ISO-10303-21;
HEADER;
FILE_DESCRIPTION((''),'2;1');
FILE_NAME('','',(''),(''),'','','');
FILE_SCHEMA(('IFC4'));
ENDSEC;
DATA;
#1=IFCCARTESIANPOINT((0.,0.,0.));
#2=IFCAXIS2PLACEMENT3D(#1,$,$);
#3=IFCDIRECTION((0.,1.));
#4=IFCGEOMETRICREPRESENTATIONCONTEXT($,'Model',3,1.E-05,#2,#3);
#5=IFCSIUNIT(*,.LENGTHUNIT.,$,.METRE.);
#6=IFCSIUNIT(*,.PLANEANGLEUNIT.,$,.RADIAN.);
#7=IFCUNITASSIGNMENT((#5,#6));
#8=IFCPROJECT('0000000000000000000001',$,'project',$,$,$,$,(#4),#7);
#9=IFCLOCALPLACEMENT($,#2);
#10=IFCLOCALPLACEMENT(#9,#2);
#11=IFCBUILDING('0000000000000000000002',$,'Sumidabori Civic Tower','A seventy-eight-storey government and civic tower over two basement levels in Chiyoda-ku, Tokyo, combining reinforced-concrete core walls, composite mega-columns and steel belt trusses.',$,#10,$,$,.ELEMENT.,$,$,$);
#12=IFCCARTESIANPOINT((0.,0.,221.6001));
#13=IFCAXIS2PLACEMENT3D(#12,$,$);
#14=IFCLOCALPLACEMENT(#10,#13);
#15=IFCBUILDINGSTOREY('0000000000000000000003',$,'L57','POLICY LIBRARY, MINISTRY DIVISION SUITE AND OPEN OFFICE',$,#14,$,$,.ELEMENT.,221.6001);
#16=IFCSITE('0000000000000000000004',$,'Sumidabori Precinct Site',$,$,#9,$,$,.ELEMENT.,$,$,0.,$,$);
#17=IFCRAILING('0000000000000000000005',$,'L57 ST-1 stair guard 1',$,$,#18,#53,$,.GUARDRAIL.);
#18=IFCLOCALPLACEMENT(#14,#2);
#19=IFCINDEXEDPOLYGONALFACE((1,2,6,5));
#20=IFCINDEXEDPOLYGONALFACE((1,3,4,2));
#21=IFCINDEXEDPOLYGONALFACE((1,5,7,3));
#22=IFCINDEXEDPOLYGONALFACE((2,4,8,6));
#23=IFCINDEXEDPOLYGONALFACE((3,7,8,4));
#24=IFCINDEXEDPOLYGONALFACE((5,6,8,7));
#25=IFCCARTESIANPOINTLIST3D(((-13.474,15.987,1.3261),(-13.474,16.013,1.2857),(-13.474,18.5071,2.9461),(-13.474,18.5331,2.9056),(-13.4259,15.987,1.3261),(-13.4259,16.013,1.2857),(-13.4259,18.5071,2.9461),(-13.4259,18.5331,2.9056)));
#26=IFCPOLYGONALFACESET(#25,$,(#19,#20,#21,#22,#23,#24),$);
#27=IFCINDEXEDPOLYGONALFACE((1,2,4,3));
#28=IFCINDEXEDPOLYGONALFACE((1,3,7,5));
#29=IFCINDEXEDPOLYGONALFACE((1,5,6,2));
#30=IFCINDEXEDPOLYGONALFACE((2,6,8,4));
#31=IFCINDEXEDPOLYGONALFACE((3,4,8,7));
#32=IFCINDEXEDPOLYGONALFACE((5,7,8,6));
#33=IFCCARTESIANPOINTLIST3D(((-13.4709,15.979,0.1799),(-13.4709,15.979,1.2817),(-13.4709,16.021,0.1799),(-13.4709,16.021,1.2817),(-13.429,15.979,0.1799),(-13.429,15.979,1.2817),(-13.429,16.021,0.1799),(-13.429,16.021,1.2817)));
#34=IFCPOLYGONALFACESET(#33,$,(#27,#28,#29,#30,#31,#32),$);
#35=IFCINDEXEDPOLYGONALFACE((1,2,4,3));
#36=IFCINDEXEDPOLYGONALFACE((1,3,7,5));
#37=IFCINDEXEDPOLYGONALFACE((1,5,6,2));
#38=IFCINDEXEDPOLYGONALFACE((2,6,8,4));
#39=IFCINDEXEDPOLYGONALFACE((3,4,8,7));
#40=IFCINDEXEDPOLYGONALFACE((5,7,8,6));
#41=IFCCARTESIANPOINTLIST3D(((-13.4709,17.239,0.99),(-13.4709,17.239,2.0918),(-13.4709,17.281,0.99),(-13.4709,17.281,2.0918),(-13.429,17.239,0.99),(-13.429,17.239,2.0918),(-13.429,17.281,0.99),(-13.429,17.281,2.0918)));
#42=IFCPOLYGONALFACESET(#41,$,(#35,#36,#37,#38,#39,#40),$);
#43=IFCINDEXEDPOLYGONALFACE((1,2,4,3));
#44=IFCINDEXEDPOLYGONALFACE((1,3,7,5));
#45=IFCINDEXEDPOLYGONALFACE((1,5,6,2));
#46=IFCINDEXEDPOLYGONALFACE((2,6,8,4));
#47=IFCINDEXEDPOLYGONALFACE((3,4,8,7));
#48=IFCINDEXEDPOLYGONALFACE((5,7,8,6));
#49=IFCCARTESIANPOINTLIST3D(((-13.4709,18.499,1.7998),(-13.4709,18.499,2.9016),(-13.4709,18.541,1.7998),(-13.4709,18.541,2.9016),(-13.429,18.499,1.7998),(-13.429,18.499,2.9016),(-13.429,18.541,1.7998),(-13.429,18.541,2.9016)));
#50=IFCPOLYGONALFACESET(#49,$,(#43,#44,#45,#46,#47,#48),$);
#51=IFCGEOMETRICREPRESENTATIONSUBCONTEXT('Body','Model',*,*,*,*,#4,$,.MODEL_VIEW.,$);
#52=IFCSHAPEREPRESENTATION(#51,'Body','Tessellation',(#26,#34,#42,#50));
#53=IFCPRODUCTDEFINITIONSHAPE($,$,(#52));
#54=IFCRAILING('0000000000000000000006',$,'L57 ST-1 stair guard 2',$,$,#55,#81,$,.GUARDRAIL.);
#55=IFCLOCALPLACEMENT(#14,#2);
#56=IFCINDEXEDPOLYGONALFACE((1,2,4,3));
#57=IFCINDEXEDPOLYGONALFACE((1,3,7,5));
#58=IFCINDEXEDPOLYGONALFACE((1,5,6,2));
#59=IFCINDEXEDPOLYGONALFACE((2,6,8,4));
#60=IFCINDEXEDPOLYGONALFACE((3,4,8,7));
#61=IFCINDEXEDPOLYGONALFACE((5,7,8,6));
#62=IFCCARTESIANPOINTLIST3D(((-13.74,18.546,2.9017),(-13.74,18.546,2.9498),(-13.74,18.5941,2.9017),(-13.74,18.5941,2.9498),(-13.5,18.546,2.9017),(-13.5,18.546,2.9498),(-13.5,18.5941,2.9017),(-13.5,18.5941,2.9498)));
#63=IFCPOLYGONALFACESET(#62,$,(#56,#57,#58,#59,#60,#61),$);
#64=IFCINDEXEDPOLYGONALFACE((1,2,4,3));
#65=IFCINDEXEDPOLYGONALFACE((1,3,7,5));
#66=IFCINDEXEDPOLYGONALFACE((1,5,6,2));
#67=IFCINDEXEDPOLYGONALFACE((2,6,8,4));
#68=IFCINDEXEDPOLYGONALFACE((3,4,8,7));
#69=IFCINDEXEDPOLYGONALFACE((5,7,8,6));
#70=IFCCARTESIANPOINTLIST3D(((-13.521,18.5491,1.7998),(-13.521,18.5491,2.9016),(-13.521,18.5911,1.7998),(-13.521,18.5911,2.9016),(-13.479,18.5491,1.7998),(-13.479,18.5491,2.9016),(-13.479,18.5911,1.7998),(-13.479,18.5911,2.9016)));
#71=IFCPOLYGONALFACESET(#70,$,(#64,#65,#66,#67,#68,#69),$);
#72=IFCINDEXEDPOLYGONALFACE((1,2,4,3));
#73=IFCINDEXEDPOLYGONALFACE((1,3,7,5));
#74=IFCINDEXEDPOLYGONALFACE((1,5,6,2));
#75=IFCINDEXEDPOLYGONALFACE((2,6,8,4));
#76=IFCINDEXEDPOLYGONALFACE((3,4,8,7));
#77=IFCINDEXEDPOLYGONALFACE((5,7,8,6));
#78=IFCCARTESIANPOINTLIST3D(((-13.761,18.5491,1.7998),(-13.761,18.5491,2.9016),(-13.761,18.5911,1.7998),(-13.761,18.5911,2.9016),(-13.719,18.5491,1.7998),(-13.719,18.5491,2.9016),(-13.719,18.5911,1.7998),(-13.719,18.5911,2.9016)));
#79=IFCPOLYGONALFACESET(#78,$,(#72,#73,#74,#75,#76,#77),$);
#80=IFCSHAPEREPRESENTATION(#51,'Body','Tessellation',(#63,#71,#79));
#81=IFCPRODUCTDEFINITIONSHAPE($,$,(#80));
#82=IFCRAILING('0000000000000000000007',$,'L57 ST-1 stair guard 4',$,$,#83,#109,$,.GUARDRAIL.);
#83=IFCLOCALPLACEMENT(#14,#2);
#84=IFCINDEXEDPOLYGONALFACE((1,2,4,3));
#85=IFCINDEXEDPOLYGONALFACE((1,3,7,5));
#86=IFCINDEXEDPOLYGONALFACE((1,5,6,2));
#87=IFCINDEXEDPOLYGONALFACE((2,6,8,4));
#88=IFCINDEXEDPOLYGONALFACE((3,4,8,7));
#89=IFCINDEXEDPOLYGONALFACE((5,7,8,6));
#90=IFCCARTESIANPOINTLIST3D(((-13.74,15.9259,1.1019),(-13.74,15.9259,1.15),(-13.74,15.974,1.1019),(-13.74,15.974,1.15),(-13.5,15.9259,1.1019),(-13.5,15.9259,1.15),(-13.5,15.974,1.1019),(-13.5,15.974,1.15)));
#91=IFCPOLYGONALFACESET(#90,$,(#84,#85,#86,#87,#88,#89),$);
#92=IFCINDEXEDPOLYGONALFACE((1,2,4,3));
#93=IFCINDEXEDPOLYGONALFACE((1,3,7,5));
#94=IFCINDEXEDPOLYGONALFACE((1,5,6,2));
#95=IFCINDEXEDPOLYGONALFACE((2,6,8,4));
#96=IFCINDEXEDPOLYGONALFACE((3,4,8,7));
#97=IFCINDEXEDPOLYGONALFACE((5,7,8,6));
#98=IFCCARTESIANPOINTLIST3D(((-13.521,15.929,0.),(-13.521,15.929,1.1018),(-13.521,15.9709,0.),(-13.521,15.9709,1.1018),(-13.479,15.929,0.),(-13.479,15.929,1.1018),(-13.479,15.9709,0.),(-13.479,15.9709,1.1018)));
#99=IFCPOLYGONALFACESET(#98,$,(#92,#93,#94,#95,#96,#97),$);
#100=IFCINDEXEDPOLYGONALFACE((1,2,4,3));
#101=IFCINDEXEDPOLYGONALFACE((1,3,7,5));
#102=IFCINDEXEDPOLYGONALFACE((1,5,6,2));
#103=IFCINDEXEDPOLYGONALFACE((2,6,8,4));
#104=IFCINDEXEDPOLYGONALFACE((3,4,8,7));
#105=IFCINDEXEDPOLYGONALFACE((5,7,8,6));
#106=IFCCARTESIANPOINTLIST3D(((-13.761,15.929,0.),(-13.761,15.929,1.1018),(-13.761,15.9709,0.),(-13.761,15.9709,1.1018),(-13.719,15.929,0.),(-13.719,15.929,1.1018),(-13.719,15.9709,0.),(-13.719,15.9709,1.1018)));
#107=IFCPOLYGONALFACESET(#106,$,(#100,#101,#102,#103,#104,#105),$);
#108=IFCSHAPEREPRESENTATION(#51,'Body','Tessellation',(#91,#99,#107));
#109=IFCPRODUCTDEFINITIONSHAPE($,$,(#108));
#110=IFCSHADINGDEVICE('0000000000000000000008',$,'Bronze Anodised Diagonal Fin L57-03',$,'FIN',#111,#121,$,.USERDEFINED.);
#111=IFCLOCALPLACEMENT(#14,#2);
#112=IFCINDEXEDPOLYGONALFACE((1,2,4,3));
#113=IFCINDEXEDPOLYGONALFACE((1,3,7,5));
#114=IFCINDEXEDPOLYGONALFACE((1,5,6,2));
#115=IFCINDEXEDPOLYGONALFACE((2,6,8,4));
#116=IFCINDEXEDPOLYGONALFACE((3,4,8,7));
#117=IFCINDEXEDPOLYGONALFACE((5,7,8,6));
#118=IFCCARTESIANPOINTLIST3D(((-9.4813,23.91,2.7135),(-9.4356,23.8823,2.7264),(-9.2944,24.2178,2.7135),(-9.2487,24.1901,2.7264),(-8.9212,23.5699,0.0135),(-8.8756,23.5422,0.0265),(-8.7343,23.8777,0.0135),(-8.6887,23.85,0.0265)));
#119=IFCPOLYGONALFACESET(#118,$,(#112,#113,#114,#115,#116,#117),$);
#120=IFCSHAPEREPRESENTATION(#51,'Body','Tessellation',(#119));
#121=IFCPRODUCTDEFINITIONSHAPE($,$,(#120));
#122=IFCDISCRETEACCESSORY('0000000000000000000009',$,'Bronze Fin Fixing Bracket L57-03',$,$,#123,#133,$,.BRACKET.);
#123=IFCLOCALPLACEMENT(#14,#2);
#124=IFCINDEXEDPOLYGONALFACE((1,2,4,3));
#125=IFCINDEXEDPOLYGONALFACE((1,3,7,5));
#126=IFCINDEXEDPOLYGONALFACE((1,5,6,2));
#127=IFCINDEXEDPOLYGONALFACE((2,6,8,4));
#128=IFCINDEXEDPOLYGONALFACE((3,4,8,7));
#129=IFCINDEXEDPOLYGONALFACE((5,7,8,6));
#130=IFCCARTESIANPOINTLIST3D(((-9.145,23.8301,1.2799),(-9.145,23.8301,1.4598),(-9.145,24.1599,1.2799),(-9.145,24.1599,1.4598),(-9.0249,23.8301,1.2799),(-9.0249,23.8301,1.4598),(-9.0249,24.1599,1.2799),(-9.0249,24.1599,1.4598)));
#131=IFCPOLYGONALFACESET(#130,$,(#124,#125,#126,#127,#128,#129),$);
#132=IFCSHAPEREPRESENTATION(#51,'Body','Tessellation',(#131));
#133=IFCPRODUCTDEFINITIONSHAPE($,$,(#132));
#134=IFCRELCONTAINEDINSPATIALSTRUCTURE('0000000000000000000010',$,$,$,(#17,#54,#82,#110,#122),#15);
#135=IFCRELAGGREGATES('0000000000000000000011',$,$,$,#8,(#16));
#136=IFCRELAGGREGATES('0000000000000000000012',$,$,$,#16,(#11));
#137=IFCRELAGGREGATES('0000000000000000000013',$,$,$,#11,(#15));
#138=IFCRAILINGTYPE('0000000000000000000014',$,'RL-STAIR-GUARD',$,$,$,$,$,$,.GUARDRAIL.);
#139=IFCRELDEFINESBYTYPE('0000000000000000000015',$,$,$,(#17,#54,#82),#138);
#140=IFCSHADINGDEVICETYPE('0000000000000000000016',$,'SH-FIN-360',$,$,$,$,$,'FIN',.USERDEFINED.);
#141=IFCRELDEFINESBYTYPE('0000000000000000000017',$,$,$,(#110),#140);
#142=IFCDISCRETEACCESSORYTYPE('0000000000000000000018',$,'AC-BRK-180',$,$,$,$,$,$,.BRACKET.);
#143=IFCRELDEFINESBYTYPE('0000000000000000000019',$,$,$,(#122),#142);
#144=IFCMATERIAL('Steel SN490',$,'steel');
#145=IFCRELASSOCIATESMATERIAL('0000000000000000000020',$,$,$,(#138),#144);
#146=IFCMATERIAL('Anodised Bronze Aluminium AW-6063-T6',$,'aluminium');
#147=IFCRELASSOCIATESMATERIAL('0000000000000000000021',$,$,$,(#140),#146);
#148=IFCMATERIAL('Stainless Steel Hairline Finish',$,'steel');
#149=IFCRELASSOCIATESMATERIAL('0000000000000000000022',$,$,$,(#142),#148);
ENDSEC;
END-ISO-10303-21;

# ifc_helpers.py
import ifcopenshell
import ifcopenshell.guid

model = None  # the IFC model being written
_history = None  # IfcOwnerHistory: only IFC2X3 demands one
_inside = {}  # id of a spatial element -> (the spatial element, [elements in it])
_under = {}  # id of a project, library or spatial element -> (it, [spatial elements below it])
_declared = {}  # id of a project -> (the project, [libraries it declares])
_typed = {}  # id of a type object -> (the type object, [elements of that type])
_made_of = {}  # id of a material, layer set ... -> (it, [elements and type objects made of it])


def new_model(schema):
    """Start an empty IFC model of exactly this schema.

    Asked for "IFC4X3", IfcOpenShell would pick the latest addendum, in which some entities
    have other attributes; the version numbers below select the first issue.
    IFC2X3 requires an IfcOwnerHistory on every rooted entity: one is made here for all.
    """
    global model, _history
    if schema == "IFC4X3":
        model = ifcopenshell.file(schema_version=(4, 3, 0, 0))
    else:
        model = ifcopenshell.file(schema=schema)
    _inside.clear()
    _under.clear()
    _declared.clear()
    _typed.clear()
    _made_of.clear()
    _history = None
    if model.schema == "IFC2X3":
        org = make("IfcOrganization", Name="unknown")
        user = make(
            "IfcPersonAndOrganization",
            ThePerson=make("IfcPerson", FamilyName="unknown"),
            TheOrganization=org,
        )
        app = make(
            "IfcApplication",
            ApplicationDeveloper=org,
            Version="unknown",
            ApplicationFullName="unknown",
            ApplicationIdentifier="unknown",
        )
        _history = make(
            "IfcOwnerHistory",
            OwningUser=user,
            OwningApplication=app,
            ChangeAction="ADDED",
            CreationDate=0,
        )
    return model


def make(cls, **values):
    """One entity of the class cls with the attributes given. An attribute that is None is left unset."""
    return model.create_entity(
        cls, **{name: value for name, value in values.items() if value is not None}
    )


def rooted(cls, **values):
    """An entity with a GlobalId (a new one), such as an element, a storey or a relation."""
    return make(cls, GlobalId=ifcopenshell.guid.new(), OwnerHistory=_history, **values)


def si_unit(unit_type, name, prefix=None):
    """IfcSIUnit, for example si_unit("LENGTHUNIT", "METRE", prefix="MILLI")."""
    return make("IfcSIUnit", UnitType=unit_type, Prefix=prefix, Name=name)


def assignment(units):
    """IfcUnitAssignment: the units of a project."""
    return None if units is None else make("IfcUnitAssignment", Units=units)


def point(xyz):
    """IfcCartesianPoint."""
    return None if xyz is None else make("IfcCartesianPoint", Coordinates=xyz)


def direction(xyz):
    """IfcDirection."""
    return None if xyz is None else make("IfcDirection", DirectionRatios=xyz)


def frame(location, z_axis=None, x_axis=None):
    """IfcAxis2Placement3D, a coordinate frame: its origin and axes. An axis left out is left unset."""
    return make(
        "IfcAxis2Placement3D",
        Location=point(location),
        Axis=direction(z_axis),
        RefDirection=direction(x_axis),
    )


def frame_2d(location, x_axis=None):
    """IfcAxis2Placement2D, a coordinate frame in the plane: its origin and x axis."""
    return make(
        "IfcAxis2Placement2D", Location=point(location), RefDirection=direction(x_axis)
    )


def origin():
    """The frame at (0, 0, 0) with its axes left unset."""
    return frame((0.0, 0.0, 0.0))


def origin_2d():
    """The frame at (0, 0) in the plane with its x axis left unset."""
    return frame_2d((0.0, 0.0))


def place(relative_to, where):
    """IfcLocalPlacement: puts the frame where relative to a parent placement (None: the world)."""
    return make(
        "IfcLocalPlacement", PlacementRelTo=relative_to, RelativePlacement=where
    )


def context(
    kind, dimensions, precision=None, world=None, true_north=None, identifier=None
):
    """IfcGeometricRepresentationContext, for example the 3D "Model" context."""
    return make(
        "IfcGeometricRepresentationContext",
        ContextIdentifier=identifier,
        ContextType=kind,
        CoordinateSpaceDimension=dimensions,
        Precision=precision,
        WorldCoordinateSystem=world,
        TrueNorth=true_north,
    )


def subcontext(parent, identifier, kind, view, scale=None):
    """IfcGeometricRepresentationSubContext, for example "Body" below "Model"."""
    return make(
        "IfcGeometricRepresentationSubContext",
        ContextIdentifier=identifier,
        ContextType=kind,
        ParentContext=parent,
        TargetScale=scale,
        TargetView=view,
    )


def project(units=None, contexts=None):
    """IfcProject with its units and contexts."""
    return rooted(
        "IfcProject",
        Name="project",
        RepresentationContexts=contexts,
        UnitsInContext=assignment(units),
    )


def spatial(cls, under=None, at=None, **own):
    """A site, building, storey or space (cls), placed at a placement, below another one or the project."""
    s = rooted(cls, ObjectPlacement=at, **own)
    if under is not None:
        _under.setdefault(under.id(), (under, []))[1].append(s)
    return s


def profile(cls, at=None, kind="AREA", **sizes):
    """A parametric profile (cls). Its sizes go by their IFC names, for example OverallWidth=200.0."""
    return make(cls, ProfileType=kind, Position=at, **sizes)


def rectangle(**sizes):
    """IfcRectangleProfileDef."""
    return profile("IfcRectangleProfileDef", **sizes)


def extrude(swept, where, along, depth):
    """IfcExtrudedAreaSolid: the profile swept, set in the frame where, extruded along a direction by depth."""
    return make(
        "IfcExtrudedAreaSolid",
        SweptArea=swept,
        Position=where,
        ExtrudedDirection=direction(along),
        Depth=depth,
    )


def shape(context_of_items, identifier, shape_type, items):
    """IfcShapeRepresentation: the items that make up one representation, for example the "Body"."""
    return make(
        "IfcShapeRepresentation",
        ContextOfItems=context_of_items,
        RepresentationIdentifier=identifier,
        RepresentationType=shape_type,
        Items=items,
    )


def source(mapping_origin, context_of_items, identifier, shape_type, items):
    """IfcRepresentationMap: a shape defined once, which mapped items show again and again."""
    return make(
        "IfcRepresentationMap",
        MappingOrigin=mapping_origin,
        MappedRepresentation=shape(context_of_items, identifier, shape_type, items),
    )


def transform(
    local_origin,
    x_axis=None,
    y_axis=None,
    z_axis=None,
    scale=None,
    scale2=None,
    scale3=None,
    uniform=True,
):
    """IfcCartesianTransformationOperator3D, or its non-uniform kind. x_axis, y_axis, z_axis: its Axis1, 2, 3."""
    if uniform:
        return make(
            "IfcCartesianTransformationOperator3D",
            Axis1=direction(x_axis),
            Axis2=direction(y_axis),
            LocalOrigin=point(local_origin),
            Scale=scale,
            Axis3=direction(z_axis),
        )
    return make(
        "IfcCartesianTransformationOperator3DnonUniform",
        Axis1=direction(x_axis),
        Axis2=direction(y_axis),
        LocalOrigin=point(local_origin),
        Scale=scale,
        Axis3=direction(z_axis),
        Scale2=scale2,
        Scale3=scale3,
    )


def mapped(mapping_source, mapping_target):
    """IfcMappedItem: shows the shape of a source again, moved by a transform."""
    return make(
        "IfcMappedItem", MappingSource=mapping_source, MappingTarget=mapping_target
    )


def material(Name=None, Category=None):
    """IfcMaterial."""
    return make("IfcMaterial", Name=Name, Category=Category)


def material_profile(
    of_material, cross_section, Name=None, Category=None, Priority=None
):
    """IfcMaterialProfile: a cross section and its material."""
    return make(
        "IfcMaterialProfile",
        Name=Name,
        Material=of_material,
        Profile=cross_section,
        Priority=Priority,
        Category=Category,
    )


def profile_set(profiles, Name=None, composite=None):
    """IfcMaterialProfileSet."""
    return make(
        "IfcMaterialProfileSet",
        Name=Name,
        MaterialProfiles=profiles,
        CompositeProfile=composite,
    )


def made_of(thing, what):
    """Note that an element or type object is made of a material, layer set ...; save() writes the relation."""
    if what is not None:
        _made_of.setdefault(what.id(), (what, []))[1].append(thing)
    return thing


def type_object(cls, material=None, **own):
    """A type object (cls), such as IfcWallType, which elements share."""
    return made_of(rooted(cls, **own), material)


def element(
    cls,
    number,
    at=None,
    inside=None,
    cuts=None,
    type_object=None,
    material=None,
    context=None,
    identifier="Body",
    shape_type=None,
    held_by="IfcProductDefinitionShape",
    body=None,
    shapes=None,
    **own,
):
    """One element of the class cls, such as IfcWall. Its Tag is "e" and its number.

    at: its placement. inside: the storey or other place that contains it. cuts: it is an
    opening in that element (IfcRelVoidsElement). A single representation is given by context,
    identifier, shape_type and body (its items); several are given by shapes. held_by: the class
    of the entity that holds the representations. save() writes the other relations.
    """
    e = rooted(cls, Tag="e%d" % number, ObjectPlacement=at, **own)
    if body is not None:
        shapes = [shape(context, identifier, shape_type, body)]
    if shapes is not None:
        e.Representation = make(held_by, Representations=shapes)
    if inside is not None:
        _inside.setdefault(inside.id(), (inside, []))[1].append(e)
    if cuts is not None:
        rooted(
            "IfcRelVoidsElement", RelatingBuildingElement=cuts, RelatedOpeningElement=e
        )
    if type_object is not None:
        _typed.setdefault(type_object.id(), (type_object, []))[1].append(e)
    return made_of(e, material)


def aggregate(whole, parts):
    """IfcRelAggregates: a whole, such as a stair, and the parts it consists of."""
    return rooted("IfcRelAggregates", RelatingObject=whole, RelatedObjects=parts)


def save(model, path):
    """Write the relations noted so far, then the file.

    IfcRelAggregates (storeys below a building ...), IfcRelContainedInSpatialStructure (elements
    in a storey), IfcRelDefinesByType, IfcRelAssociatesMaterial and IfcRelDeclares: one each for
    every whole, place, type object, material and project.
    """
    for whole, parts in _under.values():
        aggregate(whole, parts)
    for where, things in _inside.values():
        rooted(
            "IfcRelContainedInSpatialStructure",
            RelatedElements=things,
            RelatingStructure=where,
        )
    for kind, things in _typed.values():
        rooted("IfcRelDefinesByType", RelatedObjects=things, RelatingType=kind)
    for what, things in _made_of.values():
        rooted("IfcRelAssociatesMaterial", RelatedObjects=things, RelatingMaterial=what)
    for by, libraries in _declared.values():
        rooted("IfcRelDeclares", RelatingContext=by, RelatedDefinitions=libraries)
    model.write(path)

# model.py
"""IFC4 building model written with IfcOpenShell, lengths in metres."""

from ifc_helpers import new_model, si_unit, direction, frame, origin, origin_2d, place, context, subcontext, project, spatial, rectangle, extrude, source, transform, mapped, material, material_profile, profile_set, type_object, element, save


model = new_model("IFC4")

# Units and contexts
model_context = context("Model", 3, precision=1e-05, world=origin(), true_north=direction((0.0, 1.0)))
body_context = subcontext(model_context, "Body", "Model", "MODEL_VIEW")
ifc_project = project(units=[si_unit("LENGTHUNIT", "METRE"), si_unit("PLANEANGLEUNIT", "RADIAN")], contexts=[model_context])

# Site, building, storey
site_placement = place(None, origin())
site = spatial("IfcSite", under=ifc_project, at=site_placement, Name="Sumidabori Precinct Site", CompositionType="ELEMENT", RefElevation=0.0)
building_placement = place(site_placement, origin())
building = spatial("IfcBuilding", under=site, at=building_placement, Name="Sumidabori Civic Tower", Description="A seventy-eight-storey government and civic tower over two basement levels in Chiyoda-ku, Tokyo, combining reinforced-concrete core walls, composite mega-columns and steel belt trusses.", CompositionType="ELEMENT")
storey_placement = place(building_placement, frame((0.0, 0.0, 221.6001)))
storey = spatial("IfcBuildingStorey", under=building, at=storey_placement, Name="L57", Description="POLICY LIBRARY, MINISTRY DIVISION SUITE AND OPEN OFFICE", CompositionType="ELEMENT", Elevation=221.6001)

# Shared definitions
ifc_material_1 = material(Name="Anodised Bronze Aluminium AW-6063-T6", Category="aluminium")

# Railings
ifc_material_2 = material(Name="Stainless Steel Hairline Finish", Category="steel")
ifc_material_3 = material(Name="Steel SN490", Category="steel")
railing_type_1 = type_object("IfcRailingType", Name="RL-STAIR-GUARD", PredefinedType="GUARDRAIL", material=ifc_material_3)
railing_1_placement = place(storey_placement, frame((-13.45, 16.0, 0.1799)))
element("IfcRailing", 1, at=railing_1_placement, inside=storey, type_object=railing_type_1, Name="L57 ST-1 stair guard 1", PredefinedType="GUARDRAIL", context=body_context, shape_type="SweptSolid", body=[
    extrude(rectangle(XDim=0.0481, YDim=0.0481, at=origin_2d()), frame((0.0, 0.0, 1.126), z_axis=(0.0, 0.8412, 0.540725), x_axis=(-1.0, 0.0, 0.0)), (0.0, 0.0, 1.0), 2.9958),
    extrude(rectangle(XDim=0.042, YDim=0.042, at=origin_2d()), origin(), (0.0, 0.0, 1.0), 1.1018),
    extrude(rectangle(XDim=0.042, YDim=0.042, at=origin_2d()), frame((0.0, 1.26, 0.8101)), (0.0, 0.0, 1.0), 1.1018),
    extrude(rectangle(XDim=0.042, YDim=0.042, at=origin_2d()), frame((0.0, 2.52, 1.6199)), (0.0, 0.0, 1.0), 1.1018),
])
for number, where, name in (
    (2, (-13.5, 18.5701, 1.7998), "L57 ST-1 stair guard 2"),
    (3, (-13.5, 15.95, 0.0), "L57 ST-1 stair guard 4"),
):
    element("IfcRailing", number, at=place(storey_placement, frame(where)), inside=storey, type_object=railing_type_1, Name=name, PredefinedType="GUARDRAIL", context=body_context, shape_type="SweptSolid", body=[
        extrude(rectangle(XDim=0.0481, YDim=0.0481, at=origin_2d()), frame((0.0, 0.0, 1.126), z_axis=(-1.0, 0.0, 0.0), x_axis=(0.0, -1.0, 0.0)), (0.0, 0.0, 1.0), 0.24),
        extrude(rectangle(XDim=0.042, YDim=0.042, at=origin_2d()), origin(), (0.0, 0.0, 1.0), 1.1018),
        extrude(rectangle(XDim=0.042, YDim=0.042, at=origin_2d()), frame((-0.24, 0.0, 0.0)), (0.0, 0.0, 1.0), 1.1018),
    ])

# Shading device
ifc_material_profile_1 = material_profile(ifc_material_1, rectangle(XDim=0.0549, YDim=0.3601, at=origin_2d()), Name="BRONZE FIN 360x55")
ifc_profile_set_1 = profile_set([ifc_material_profile_1], Name="Anodised Bronze Aluminium AW-6063-T6")
shading_device_type = type_object("IfcShadingDeviceType", Name="SH-FIN-360", ElementType="FIN", PredefinedType="USERDEFINED", material=ifc_profile_set_1)
shared_shape_1 = source(origin(), body_context, "Body", "SweptSolid", [
    extrude(rectangle(XDim=0.0549, YDim=0.3601, at=origin_2d()), origin(), (0.0, 0.0, 1.0), 2.7783),
])
shading_device_placement = place(storey_placement, frame((-8.8049, 23.71, 0.02), z_axis=(-0.201582, 0.122408, 0.971793), x_axis=(0.830642, -0.504396, 0.235837)))
element("IfcShadingDevice", 4, at=shading_device_placement, inside=storey, type_object=shading_device_type, Name="Bronze Anodised Diagonal Fin L57-03", ObjectType="FIN", PredefinedType="USERDEFINED", context=body_context, shape_type="MappedRepresentation", body=[
    mapped(shared_shape_1, transform((0.0, 0.0, 0.0), x_axis=(1.0, 0.0, 0.0), y_axis=(0.0, 1.0, 0.0), z_axis=(0.0, 0.0, 1.0), scale=1.0)),
])

# Discrete accessory
ifc_material_profile_2 = material_profile(ifc_material_2, rectangle(XDim=0.1201, YDim=0.1799, at=origin_2d()), Name="STEEL BRACKET 180x120")
ifc_profile_set_2 = profile_set([ifc_material_profile_2], Name="Stainless Steel Hairline Finish")
discrete_accessory_type = type_object("IfcDiscreteAccessoryType", Name="AC-BRK-180", PredefinedType="BRACKET", material=ifc_profile_set_2)
shared_shape_2 = source(origin(), body_context, "Body", "SweptSolid", [
    extrude(rectangle(XDim=0.1201, YDim=0.1799, at=origin_2d()), origin(), (0.0, 0.0, 1.0), 0.3298),
])
discrete_accessory_placement = place(storey_placement, frame((-9.085, 23.8301, 1.3699), z_axis=(0.0, 1.0, 0.0), x_axis=(-1.0, 0.0, 0.0)))
element("IfcDiscreteAccessory", 5, at=discrete_accessory_placement, inside=storey, type_object=discrete_accessory_type, Name="Bronze Fin Fixing Bracket L57-03", PredefinedType="BRACKET", context=body_context, shape_type="MappedRepresentation", body=[
    mapped(shared_shape_2, transform((0.0, 0.0, 0.0), x_axis=(1.0, 0.0, 0.0), y_axis=(0.0, 1.0, 0.0), z_axis=(0.0, 0.0, 1.0), scale=1.0)),
])

save(model, "model.ifc")
